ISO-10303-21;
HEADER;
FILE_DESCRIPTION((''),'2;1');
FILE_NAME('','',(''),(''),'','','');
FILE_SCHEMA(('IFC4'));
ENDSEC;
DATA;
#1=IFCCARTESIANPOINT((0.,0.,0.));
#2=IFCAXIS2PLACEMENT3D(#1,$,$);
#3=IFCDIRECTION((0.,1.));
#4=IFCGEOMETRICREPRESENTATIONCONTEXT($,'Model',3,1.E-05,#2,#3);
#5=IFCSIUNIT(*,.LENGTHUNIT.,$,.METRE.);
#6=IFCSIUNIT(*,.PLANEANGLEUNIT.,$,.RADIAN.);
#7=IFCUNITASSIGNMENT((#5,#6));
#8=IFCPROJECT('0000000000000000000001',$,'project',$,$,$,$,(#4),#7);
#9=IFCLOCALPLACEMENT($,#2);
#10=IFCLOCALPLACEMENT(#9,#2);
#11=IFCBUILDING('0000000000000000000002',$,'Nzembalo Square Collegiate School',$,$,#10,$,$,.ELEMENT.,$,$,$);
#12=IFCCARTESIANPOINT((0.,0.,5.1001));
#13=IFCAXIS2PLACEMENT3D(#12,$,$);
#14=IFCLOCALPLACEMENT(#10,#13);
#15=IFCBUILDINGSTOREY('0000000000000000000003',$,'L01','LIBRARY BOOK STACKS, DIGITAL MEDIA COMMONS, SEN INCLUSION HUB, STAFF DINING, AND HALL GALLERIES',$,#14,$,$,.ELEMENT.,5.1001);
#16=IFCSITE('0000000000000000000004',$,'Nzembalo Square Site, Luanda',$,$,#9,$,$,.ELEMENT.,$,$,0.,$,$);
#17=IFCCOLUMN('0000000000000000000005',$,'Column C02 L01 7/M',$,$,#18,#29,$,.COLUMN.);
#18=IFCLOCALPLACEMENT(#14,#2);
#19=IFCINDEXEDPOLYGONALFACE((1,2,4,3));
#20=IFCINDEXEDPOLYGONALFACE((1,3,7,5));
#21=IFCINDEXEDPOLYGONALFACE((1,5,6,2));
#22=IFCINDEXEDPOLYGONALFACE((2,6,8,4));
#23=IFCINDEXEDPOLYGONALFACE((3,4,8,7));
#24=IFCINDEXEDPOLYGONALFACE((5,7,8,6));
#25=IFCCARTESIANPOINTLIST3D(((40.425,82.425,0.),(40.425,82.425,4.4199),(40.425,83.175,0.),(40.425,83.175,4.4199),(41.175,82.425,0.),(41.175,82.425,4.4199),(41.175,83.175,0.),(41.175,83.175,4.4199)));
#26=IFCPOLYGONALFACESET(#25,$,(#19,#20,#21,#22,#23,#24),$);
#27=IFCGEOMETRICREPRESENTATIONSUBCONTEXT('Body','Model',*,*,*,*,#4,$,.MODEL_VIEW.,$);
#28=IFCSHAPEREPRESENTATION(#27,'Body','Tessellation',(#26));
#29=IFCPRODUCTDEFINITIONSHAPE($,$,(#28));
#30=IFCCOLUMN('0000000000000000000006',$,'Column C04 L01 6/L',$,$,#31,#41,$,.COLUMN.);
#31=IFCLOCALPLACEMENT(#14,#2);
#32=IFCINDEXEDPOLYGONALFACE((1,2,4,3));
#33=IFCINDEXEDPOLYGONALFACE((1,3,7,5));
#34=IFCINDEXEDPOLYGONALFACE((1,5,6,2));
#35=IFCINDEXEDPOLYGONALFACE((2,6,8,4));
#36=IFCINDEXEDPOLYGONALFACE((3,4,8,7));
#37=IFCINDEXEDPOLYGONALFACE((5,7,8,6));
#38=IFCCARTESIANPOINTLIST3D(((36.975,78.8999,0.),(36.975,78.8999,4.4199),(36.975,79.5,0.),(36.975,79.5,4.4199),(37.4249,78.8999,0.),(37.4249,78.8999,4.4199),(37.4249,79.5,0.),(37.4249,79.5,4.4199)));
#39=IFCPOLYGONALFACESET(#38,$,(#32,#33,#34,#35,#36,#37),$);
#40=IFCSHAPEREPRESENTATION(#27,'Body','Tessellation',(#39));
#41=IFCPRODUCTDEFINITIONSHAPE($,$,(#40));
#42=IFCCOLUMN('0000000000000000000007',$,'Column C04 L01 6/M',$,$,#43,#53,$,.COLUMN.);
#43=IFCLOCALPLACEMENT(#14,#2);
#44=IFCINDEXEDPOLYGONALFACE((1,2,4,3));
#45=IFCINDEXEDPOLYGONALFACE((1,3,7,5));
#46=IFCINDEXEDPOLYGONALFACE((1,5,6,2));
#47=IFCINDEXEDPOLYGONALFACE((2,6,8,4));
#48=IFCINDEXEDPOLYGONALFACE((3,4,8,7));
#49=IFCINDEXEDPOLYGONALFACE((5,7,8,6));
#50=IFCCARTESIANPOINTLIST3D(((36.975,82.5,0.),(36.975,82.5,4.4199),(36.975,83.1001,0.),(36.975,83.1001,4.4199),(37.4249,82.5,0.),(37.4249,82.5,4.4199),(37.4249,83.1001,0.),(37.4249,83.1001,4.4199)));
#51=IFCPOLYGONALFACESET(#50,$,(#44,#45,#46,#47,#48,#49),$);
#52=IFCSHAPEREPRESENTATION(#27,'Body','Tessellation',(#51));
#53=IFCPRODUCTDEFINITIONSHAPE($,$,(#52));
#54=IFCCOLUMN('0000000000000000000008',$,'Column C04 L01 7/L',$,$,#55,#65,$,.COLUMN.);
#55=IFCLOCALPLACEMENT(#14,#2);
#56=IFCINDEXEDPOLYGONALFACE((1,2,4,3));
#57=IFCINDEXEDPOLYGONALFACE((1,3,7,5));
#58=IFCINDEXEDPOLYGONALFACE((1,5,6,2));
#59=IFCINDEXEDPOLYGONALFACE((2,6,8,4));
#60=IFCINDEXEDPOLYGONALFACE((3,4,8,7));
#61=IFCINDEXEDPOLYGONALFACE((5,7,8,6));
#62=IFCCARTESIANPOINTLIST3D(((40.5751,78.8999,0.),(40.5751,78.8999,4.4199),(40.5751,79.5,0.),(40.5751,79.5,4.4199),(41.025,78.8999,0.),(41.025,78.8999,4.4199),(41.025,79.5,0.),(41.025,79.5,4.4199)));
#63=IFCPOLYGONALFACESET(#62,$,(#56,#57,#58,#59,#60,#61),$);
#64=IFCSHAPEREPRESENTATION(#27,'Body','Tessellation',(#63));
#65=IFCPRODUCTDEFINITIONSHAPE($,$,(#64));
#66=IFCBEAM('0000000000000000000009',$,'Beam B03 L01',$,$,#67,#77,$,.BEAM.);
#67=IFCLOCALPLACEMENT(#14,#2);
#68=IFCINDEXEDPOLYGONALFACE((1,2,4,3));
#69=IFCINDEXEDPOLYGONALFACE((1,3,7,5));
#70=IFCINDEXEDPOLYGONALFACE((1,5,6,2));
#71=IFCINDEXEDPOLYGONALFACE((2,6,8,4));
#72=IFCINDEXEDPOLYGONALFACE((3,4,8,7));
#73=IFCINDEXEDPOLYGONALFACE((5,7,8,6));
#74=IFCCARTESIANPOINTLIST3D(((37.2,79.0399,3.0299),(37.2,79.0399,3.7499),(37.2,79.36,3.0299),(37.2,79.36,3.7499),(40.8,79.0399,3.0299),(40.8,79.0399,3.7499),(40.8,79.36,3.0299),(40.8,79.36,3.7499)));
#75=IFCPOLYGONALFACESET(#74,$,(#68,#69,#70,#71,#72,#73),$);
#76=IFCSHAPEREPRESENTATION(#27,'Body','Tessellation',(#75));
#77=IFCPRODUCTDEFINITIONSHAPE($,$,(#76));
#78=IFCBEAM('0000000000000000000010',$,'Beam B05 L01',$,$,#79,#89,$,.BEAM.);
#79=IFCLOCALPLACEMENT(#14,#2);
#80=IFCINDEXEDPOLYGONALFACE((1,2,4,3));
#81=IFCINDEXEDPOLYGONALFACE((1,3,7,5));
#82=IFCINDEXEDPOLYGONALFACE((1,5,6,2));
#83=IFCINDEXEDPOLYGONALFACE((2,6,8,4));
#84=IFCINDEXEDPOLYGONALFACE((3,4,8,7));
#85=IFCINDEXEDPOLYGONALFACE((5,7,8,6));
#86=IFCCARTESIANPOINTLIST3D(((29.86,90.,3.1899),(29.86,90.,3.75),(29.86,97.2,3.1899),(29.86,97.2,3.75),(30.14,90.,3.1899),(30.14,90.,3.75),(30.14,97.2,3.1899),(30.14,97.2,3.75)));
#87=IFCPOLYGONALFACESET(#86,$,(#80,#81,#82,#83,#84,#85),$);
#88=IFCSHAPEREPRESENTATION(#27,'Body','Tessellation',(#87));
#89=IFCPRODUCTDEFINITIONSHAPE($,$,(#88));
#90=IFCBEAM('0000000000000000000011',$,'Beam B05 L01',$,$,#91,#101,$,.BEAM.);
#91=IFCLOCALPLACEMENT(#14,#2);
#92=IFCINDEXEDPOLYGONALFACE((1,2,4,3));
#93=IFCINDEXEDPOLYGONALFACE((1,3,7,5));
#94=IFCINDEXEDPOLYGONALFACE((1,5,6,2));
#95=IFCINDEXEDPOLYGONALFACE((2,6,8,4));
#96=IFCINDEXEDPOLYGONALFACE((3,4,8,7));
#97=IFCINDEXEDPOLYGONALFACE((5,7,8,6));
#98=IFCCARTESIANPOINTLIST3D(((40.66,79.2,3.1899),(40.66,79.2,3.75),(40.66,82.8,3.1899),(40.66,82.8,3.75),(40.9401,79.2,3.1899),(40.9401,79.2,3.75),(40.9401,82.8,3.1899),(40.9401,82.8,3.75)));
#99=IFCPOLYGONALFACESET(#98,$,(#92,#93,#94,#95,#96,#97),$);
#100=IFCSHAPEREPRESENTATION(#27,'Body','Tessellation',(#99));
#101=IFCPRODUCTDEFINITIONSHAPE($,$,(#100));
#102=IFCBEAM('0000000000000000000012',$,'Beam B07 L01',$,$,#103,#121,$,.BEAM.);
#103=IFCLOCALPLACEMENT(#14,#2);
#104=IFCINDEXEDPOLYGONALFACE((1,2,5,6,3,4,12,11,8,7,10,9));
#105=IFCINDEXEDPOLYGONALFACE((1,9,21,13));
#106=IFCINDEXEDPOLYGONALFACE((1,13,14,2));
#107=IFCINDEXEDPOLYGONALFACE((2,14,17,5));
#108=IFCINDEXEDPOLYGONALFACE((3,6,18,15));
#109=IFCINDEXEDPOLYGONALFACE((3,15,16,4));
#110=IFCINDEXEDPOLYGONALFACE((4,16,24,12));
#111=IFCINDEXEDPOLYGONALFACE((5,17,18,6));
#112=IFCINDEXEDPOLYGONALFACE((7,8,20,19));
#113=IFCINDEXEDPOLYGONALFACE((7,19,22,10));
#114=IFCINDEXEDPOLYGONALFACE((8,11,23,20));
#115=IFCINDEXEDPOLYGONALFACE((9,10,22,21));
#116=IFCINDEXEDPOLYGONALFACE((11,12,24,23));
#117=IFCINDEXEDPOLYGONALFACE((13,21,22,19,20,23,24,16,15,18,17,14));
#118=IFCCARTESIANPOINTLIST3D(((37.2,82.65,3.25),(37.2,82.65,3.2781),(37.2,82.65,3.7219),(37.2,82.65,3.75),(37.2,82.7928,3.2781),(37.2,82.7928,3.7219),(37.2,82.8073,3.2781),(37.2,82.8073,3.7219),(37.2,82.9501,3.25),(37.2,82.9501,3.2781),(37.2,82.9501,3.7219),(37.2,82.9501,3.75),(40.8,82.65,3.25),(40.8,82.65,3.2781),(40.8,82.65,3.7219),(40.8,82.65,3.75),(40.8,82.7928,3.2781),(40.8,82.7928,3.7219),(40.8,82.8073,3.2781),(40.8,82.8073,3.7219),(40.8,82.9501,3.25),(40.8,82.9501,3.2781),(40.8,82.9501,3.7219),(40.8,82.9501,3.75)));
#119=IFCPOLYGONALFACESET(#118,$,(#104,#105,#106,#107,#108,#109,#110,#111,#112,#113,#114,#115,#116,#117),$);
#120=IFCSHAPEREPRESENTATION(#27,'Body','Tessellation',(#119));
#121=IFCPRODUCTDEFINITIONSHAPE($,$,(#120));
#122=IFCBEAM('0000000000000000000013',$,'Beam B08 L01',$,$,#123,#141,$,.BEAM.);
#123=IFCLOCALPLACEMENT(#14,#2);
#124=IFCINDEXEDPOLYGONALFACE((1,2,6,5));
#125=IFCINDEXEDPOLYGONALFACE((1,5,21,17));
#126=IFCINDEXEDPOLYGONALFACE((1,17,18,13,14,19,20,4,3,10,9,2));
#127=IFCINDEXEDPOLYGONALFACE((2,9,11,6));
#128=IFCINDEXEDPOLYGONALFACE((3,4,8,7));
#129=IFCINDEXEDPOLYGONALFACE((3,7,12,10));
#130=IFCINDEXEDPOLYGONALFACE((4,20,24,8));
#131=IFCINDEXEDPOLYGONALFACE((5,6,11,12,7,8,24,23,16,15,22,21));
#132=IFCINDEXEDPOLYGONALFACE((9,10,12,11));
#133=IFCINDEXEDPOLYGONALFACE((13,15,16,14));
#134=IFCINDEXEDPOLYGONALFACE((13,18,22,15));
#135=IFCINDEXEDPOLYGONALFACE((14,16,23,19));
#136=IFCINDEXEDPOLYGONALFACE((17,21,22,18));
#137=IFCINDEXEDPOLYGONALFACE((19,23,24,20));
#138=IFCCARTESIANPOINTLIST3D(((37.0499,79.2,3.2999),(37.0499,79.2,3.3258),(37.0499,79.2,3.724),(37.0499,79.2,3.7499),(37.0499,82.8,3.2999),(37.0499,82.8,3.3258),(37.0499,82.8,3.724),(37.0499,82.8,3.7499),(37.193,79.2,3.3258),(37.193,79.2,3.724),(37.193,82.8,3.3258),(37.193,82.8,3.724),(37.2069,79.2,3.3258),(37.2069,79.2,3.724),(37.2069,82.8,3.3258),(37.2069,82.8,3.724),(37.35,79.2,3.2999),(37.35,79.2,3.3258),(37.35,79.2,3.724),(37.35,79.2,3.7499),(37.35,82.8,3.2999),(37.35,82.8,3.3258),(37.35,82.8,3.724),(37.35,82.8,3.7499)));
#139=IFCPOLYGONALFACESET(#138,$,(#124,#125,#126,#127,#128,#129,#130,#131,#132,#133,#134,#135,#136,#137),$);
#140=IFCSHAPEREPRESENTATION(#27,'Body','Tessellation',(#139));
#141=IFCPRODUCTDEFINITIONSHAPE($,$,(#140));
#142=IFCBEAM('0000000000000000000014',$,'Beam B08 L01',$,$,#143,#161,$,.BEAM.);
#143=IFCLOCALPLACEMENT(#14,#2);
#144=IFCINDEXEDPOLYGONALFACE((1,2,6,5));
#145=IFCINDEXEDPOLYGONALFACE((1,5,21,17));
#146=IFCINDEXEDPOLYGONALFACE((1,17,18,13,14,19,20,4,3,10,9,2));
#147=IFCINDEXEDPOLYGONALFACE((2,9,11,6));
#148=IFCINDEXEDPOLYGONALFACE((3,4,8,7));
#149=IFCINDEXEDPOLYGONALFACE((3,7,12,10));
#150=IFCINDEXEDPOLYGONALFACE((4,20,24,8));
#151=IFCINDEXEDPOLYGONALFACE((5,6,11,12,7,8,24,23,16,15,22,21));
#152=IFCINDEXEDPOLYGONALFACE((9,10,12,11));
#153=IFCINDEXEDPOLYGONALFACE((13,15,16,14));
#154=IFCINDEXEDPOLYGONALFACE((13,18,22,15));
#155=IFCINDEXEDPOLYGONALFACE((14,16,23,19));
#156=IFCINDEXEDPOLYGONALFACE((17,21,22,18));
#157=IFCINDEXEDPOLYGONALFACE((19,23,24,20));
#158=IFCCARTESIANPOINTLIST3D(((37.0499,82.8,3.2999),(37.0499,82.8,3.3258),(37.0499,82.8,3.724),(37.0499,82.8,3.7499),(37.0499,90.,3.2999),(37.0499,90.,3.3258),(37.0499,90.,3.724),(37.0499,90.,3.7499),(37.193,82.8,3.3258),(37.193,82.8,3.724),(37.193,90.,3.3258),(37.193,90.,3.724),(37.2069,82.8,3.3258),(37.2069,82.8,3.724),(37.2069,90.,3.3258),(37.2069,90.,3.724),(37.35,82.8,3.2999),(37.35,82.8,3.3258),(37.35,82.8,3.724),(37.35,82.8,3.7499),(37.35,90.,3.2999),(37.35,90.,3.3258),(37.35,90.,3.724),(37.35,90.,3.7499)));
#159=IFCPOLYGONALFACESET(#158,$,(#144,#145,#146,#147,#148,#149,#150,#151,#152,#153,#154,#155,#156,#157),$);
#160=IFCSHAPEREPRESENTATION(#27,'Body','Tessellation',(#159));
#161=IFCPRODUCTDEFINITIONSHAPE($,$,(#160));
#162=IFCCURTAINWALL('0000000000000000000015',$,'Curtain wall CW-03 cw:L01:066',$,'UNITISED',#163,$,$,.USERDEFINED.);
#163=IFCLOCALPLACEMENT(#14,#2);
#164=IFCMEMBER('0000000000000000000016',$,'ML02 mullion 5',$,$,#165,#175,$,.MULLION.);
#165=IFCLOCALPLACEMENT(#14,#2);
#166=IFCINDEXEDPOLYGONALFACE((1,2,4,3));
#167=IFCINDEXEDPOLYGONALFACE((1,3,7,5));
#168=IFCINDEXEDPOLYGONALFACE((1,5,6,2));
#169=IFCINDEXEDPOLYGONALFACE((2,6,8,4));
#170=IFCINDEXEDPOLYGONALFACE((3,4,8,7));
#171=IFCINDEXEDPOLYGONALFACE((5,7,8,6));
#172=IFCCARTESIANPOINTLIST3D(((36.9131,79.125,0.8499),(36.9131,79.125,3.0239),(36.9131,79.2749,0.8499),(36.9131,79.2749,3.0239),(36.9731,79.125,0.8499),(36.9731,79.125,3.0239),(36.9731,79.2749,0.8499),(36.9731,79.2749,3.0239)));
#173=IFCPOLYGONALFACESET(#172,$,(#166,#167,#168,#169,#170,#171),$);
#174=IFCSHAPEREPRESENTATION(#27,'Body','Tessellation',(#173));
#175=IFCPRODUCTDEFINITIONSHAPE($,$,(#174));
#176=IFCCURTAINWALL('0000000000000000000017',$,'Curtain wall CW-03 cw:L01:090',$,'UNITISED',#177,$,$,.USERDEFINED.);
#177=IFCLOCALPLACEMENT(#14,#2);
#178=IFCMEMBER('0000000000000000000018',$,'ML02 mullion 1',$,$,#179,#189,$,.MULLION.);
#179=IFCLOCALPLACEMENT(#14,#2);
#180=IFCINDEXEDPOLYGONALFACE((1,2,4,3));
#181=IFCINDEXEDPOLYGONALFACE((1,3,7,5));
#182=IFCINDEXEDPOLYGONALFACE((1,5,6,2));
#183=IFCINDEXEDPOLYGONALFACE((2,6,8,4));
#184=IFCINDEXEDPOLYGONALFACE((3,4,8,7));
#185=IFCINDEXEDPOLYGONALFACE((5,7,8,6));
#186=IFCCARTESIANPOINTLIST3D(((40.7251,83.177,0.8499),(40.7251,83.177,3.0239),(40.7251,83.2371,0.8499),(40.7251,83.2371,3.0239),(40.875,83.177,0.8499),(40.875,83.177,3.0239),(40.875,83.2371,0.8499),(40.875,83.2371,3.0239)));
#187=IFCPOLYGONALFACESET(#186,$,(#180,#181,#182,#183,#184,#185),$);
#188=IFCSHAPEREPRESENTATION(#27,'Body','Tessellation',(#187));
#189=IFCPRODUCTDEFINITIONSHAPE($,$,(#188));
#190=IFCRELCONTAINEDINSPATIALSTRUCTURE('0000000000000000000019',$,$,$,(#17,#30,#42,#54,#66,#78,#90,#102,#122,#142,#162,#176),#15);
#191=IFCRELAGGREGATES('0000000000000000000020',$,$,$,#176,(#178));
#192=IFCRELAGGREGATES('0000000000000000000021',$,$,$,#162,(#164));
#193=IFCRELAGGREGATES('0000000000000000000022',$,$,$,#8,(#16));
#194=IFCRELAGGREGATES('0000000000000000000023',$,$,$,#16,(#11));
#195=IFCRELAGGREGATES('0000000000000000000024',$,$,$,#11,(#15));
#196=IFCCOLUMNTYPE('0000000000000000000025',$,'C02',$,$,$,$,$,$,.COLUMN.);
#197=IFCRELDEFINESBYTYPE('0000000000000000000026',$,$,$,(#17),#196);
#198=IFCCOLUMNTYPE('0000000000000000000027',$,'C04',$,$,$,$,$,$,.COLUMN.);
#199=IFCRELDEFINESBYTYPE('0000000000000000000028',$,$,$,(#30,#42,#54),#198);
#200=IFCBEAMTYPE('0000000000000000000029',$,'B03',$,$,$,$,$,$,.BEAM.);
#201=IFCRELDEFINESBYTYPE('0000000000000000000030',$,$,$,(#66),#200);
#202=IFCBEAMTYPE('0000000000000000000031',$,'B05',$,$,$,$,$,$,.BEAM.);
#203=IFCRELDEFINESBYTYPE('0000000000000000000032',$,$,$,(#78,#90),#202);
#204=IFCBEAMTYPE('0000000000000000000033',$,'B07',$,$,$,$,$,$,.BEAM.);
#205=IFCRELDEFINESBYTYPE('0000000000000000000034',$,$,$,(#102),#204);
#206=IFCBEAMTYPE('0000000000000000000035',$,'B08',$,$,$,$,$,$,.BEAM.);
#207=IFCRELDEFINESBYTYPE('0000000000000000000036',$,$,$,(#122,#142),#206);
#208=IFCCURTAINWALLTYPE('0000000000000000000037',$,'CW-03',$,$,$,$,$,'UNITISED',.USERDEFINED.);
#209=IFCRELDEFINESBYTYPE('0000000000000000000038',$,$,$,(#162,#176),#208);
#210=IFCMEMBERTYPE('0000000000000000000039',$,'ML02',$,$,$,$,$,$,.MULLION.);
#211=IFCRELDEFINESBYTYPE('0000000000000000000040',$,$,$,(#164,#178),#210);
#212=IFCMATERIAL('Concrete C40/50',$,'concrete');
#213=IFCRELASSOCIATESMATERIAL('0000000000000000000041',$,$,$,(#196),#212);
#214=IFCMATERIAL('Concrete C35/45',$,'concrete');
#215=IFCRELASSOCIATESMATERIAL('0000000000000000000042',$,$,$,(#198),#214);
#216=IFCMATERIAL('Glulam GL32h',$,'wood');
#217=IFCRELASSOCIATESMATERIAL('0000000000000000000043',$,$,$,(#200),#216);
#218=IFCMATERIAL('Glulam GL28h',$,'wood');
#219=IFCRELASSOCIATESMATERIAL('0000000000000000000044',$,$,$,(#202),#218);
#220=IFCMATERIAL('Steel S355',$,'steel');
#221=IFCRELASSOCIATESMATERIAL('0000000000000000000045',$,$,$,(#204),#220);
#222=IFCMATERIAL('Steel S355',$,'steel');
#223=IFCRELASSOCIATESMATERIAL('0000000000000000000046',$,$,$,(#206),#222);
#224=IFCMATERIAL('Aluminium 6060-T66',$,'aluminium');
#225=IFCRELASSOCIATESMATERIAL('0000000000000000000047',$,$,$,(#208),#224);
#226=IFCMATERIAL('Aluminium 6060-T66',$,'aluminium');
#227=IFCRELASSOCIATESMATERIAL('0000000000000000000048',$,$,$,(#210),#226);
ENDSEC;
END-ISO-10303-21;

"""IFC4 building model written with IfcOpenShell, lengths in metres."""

from ifc_helpers import new_model, si_unit, direction, frame, origin, origin_2d, place, context, subcontext, project, spatial, rectangle, i_section, extrude, material, material_profile, profile_set, type_object, element, aggregate, save


model = new_model("IFC4")

# Units and contexts
model_context = context("Model", 3, precision=1e-05, world=origin(), true_north=direction((0.0, 1.0)))
body_context = subcontext(model_context, "Body", "Model", "MODEL_VIEW")
ifc_project = project(units=[si_unit("LENGTHUNIT", "METRE"), si_unit("PLANEANGLEUNIT", "RADIAN")], contexts=[model_context])

# Site, building, storey
site_placement = place(None, origin())
site = spatial("IfcSite", under=ifc_project, at=site_placement, Name="Nzembalo Square Site, Luanda", CompositionType="ELEMENT", RefElevation=0.0)
building_placement = place(site_placement, origin())
building = spatial("IfcBuilding", under=site, at=building_placement, Name="Nzembalo Square Collegiate School", CompositionType="ELEMENT")
storey_placement = place(building_placement, frame((0.0, 0.0, 5.1001)))
storey = spatial("IfcBuildingStorey", under=building, at=storey_placement, Name="L01", Description="LIBRARY BOOK STACKS, DIGITAL MEDIA COMMONS, SEN INCLUSION HUB, STAFF DINING, AND HALL GALLERIES", CompositionType="ELEMENT", Elevation=5.1001)

# Columns
ifc_material_1 = material(Name="Concrete C40/50", Category="concrete")
ifc_material_profile_1 = material_profile(ifc_material_1, rectangle(XDim=0.75, YDim=0.75, at=origin_2d()), Name="RC 750x750")
ifc_profile_set_1 = profile_set([ifc_material_profile_1], Name="Concrete C40/50")
column_type_1 = type_object("IfcColumnType", Name="C02", PredefinedType="COLUMN", material=ifc_profile_set_1)
column_placement = place(storey_placement, frame((40.8, 82.8, 0.0), z_axis=(0.0, 0.0, 1.0), x_axis=(1.0, 0.0, 0.0)))
element("IfcColumn", 1, at=column_placement, inside=storey, type_object=column_type_1, Name="Column C02 L01 7/M", PredefinedType="COLUMN", context=body_context, shape_type="SweptSolid", body=[
    extrude(rectangle(XDim=0.75, YDim=0.75, at=origin_2d()), origin(), (0.0, 0.0, 1.0), 4.4199),
])
ifc_material_2 = material(Name="Concrete C35/45", Category="concrete")
ifc_material_profile_2 = material_profile(ifc_material_2, rectangle(XDim=0.45, YDim=0.6001, at=origin_2d()), Name="RC 450x600")
ifc_profile_set_2 = profile_set([ifc_material_profile_2], Name="Concrete C35/45")
column_type_2 = type_object("IfcColumnType", Name="C04", PredefinedType="COLUMN", material=ifc_profile_set_2)
for number, where, z_axis, x_axis, name in (
    (2, (37.2, 79.2, 0.0), (0.0, 0.0, 1.0), (1.0, 0.0, 0.0), "Column C04 L01 6/L"),
    (3, (37.2, 82.8, 0.0), (0.0, 0.0, 1.0), (1.0, 0.0, 0.0), "Column C04 L01 6/M"),
    (4, (40.8, 79.2, 0.0), (0.0, 0.0, 1.0), (1.0, 0.0, 0.0), "Column C04 L01 7/L"),
):
    element("IfcColumn", number, at=place(storey_placement, frame(where, z_axis=z_axis, x_axis=x_axis)), inside=storey, type_object=column_type_2, Name=name, PredefinedType="COLUMN", context=body_context, shape_type="SweptSolid", body=[
        extrude(rectangle(XDim=0.45, YDim=0.6001, at=origin_2d()), origin(), (0.0, 0.0, 1.0), 4.4199),
    ])

# Beams
ifc_material_3 = material(Name="Glulam GL32h", Category="wood")
ifc_material_profile_3 = material_profile(ifc_material_3, rectangle(XDim=0.3201, YDim=0.72, at=origin_2d()), Name="GL32h 320x720")
ifc_profile_set_3 = profile_set([ifc_material_profile_3], Name="Glulam GL32h")
beam_type_1 = type_object("IfcBeamType", Name="B03", PredefinedType="BEAM", material=ifc_profile_set_3)
beam_1_placement = place(storey_placement, frame((37.2, 79.2, 3.3899), z_axis=(1.0, 0.0, 0.0), x_axis=(0.0, 1.0, 0.0)))
element("IfcBeam", 5, at=beam_1_placement, inside=storey, type_object=beam_type_1, Name="Beam B03 L01", PredefinedType="BEAM", context=body_context, shape_type="SweptSolid", body=[
    extrude(rectangle(XDim=0.3201, YDim=0.72, at=origin_2d()), origin(), (0.0, 0.0, 1.0), 3.6001),
])
ifc_material_4 = material(Name="Glulam GL28h", Category="wood")
ifc_material_profile_4 = material_profile(ifc_material_4, rectangle(XDim=0.28, YDim=0.5601, at=origin_2d()), Name="GL28h 280x560")
ifc_profile_set_4 = profile_set([ifc_material_profile_4], Name="Glulam GL28h")
beam_type_2 = type_object("IfcBeamType", Name="B05", PredefinedType="BEAM", material=ifc_profile_set_4)
beam_2_placement = place(storey_placement, frame((30.0, 90.0, 3.47), z_axis=(0.0, 1.0, 0.0), x_axis=(-1.0, 0.0, 0.0)))
element("IfcBeam", 6, at=beam_2_placement, inside=storey, type_object=beam_type_2, Name="Beam B05 L01", PredefinedType="BEAM", context=body_context, shape_type="SweptSolid", body=[
    extrude(rectangle(XDim=0.28, YDim=0.5601, at=origin_2d()), origin(), (0.0, 0.0, 1.0), 7.2),
])
beam_3_placement = place(storey_placement, frame((40.8, 79.2, 3.47), z_axis=(0.0, 1.0, 0.0), x_axis=(-1.0, 0.0, 0.0)))
element("IfcBeam", 7, at=beam_3_placement, inside=storey, type_object=beam_type_2, Name="Beam B05 L01", PredefinedType="BEAM", context=body_context, shape_type="SweptSolid", body=[
    extrude(rectangle(XDim=0.28, YDim=0.5601, at=origin_2d()), origin(), (0.0, 0.0, 1.0), 3.6001),
])
ifc_material_5 = material(Name="Steel S355", Category="steel")
ifc_material_profile_5 = material_profile(ifc_material_5, i_section(OverallWidth=0.3, OverallDepth=0.5, WebThickness=0.0144, FlangeThickness=0.0281, at=origin_2d()), Name="HEB 500")
ifc_profile_set_5 = profile_set([ifc_material_profile_5], Name="Steel S355")
beam_type_3 = type_object("IfcBeamType", Name="B07", PredefinedType="BEAM", material=ifc_profile_set_5)
beam_4_placement = place(storey_placement, frame((37.2, 82.8, 3.5), z_axis=(1.0, 0.0, 0.0), x_axis=(0.0, 1.0, 0.0)))
element("IfcBeam", 8, at=beam_4_placement, inside=storey, type_object=beam_type_3, Name="Beam B07 L01", PredefinedType="BEAM", context=body_context, shape_type="SweptSolid", body=[
    extrude(i_section(OverallWidth=0.3, OverallDepth=0.5, WebThickness=0.0144, FlangeThickness=0.0281, at=origin_2d()), origin(), (0.0, 0.0, 1.0), 3.6001),
])
ifc_material_6 = material(Name="Steel S355", Category="steel")
ifc_material_profile_6 = material_profile(ifc_material_6, i_section(OverallWidth=0.3, OverallDepth=0.45, WebThickness=0.0139, FlangeThickness=0.0259, at=origin_2d()), Name="HEB 450")
ifc_profile_set_6 = profile_set([ifc_material_profile_6], Name="Steel S355")
beam_type_4 = type_object("IfcBeamType", Name="B08", PredefinedType="BEAM", material=ifc_profile_set_6)
beam_5_placement = place(storey_placement, frame((37.2, 79.2, 3.5249), z_axis=(0.0, 1.0, 0.0), x_axis=(-1.0, 0.0, 0.0)))
element("IfcBeam", 9, at=beam_5_placement, inside=storey, type_object=beam_type_4, Name="Beam B08 L01", PredefinedType="BEAM", context=body_context, shape_type="SweptSolid", body=[
    extrude(i_section(OverallWidth=0.3, OverallDepth=0.45, WebThickness=0.0139, FlangeThickness=0.0259, at=origin_2d()), origin(), (0.0, 0.0, 1.0), 3.6001),
])
beam_6_placement = place(storey_placement, frame((37.2, 82.8, 3.5249), z_axis=(0.0, 1.0, 0.0), x_axis=(-1.0, 0.0, 0.0)))
element("IfcBeam", 10, at=beam_6_placement, inside=storey, type_object=beam_type_4, Name="Beam B08 L01", PredefinedType="BEAM", context=body_context, shape_type="SweptSolid", body=[
    extrude(i_section(OverallWidth=0.3, OverallDepth=0.45, WebThickness=0.0139, FlangeThickness=0.0259, at=origin_2d()), origin(), (0.0, 0.0, 1.0), 7.2),
])

# Curtain walls, members
ifc_material_7 = material(Name="Aluminium 6060-T66", Category="aluminium")
curtain_wall_type = type_object("IfcCurtainWallType", Name="CW-03", ElementType="UNITISED", PredefinedType="USERDEFINED", material=ifc_material_7)
curtain_wall_1_placement = place(storey_placement, origin())
curtain_wall_1 = element("IfcCurtainWall", 11, at=curtain_wall_1_placement, inside=storey, type_object=curtain_wall_type, Name="Curtain wall CW-03 cw:L01:066", ObjectType="UNITISED", PredefinedType="USERDEFINED")
ifc_material_8 = material(Name="Aluminium 6060-T66", Category="aluminium")
ifc_material_profile_7 = material_profile(ifc_material_8, rectangle(XDim=0.0601, YDim=0.1499, at=origin_2d()), Name="ALU M60x150")
ifc_profile_set_7 = profile_set([ifc_material_profile_7], Name="Aluminium 6060-T66")
member_type_1 = type_object("IfcMemberType", Name="ML02", PredefinedType="MULLION", material=ifc_profile_set_7)
member_1_placement = place(storey_placement, frame((36.9431, 79.2, 0.8499), z_axis=(0.0, 0.0, 1.0), x_axis=(1.0, 0.0, 0.0)))
member_1 = element("IfcMember", 12, at=member_1_placement, type_object=member_type_1, Name="ML02 mullion 5", PredefinedType="MULLION", context=body_context, shape_type="SweptSolid", body=[
    extrude(rectangle(XDim=0.0601, YDim=0.1499, at=origin_2d()), origin(), (0.0, 0.0, 1.0), 2.1741),
])
curtain_wall_2_placement = place(storey_placement, origin())
curtain_wall_2 = element("IfcCurtainWall", 13, at=curtain_wall_2_placement, inside=storey, type_object=curtain_wall_type, Name="Curtain wall CW-03 cw:L01:090", ObjectType="UNITISED", PredefinedType="USERDEFINED")
member_2_placement = place(storey_placement, frame((40.8, 83.207, 0.8499), z_axis=(0.0, 0.0, 1.0), x_axis=(0.0, 1.0, 0.0)))
member_2 = element("IfcMember", 14, at=member_2_placement, type_object=member_type_1, Name="ML02 mullion 1", PredefinedType="MULLION", context=body_context, shape_type="SweptSolid", body=[
    extrude(rectangle(XDim=0.0601, YDim=0.1499, at=origin_2d()), origin(), (0.0, 0.0, 1.0), 2.1741),
])

aggregate(curtain_wall_2, [member_2])

aggregate(curtain_wall_1, [member_1])

save(model, "model.ifc")
